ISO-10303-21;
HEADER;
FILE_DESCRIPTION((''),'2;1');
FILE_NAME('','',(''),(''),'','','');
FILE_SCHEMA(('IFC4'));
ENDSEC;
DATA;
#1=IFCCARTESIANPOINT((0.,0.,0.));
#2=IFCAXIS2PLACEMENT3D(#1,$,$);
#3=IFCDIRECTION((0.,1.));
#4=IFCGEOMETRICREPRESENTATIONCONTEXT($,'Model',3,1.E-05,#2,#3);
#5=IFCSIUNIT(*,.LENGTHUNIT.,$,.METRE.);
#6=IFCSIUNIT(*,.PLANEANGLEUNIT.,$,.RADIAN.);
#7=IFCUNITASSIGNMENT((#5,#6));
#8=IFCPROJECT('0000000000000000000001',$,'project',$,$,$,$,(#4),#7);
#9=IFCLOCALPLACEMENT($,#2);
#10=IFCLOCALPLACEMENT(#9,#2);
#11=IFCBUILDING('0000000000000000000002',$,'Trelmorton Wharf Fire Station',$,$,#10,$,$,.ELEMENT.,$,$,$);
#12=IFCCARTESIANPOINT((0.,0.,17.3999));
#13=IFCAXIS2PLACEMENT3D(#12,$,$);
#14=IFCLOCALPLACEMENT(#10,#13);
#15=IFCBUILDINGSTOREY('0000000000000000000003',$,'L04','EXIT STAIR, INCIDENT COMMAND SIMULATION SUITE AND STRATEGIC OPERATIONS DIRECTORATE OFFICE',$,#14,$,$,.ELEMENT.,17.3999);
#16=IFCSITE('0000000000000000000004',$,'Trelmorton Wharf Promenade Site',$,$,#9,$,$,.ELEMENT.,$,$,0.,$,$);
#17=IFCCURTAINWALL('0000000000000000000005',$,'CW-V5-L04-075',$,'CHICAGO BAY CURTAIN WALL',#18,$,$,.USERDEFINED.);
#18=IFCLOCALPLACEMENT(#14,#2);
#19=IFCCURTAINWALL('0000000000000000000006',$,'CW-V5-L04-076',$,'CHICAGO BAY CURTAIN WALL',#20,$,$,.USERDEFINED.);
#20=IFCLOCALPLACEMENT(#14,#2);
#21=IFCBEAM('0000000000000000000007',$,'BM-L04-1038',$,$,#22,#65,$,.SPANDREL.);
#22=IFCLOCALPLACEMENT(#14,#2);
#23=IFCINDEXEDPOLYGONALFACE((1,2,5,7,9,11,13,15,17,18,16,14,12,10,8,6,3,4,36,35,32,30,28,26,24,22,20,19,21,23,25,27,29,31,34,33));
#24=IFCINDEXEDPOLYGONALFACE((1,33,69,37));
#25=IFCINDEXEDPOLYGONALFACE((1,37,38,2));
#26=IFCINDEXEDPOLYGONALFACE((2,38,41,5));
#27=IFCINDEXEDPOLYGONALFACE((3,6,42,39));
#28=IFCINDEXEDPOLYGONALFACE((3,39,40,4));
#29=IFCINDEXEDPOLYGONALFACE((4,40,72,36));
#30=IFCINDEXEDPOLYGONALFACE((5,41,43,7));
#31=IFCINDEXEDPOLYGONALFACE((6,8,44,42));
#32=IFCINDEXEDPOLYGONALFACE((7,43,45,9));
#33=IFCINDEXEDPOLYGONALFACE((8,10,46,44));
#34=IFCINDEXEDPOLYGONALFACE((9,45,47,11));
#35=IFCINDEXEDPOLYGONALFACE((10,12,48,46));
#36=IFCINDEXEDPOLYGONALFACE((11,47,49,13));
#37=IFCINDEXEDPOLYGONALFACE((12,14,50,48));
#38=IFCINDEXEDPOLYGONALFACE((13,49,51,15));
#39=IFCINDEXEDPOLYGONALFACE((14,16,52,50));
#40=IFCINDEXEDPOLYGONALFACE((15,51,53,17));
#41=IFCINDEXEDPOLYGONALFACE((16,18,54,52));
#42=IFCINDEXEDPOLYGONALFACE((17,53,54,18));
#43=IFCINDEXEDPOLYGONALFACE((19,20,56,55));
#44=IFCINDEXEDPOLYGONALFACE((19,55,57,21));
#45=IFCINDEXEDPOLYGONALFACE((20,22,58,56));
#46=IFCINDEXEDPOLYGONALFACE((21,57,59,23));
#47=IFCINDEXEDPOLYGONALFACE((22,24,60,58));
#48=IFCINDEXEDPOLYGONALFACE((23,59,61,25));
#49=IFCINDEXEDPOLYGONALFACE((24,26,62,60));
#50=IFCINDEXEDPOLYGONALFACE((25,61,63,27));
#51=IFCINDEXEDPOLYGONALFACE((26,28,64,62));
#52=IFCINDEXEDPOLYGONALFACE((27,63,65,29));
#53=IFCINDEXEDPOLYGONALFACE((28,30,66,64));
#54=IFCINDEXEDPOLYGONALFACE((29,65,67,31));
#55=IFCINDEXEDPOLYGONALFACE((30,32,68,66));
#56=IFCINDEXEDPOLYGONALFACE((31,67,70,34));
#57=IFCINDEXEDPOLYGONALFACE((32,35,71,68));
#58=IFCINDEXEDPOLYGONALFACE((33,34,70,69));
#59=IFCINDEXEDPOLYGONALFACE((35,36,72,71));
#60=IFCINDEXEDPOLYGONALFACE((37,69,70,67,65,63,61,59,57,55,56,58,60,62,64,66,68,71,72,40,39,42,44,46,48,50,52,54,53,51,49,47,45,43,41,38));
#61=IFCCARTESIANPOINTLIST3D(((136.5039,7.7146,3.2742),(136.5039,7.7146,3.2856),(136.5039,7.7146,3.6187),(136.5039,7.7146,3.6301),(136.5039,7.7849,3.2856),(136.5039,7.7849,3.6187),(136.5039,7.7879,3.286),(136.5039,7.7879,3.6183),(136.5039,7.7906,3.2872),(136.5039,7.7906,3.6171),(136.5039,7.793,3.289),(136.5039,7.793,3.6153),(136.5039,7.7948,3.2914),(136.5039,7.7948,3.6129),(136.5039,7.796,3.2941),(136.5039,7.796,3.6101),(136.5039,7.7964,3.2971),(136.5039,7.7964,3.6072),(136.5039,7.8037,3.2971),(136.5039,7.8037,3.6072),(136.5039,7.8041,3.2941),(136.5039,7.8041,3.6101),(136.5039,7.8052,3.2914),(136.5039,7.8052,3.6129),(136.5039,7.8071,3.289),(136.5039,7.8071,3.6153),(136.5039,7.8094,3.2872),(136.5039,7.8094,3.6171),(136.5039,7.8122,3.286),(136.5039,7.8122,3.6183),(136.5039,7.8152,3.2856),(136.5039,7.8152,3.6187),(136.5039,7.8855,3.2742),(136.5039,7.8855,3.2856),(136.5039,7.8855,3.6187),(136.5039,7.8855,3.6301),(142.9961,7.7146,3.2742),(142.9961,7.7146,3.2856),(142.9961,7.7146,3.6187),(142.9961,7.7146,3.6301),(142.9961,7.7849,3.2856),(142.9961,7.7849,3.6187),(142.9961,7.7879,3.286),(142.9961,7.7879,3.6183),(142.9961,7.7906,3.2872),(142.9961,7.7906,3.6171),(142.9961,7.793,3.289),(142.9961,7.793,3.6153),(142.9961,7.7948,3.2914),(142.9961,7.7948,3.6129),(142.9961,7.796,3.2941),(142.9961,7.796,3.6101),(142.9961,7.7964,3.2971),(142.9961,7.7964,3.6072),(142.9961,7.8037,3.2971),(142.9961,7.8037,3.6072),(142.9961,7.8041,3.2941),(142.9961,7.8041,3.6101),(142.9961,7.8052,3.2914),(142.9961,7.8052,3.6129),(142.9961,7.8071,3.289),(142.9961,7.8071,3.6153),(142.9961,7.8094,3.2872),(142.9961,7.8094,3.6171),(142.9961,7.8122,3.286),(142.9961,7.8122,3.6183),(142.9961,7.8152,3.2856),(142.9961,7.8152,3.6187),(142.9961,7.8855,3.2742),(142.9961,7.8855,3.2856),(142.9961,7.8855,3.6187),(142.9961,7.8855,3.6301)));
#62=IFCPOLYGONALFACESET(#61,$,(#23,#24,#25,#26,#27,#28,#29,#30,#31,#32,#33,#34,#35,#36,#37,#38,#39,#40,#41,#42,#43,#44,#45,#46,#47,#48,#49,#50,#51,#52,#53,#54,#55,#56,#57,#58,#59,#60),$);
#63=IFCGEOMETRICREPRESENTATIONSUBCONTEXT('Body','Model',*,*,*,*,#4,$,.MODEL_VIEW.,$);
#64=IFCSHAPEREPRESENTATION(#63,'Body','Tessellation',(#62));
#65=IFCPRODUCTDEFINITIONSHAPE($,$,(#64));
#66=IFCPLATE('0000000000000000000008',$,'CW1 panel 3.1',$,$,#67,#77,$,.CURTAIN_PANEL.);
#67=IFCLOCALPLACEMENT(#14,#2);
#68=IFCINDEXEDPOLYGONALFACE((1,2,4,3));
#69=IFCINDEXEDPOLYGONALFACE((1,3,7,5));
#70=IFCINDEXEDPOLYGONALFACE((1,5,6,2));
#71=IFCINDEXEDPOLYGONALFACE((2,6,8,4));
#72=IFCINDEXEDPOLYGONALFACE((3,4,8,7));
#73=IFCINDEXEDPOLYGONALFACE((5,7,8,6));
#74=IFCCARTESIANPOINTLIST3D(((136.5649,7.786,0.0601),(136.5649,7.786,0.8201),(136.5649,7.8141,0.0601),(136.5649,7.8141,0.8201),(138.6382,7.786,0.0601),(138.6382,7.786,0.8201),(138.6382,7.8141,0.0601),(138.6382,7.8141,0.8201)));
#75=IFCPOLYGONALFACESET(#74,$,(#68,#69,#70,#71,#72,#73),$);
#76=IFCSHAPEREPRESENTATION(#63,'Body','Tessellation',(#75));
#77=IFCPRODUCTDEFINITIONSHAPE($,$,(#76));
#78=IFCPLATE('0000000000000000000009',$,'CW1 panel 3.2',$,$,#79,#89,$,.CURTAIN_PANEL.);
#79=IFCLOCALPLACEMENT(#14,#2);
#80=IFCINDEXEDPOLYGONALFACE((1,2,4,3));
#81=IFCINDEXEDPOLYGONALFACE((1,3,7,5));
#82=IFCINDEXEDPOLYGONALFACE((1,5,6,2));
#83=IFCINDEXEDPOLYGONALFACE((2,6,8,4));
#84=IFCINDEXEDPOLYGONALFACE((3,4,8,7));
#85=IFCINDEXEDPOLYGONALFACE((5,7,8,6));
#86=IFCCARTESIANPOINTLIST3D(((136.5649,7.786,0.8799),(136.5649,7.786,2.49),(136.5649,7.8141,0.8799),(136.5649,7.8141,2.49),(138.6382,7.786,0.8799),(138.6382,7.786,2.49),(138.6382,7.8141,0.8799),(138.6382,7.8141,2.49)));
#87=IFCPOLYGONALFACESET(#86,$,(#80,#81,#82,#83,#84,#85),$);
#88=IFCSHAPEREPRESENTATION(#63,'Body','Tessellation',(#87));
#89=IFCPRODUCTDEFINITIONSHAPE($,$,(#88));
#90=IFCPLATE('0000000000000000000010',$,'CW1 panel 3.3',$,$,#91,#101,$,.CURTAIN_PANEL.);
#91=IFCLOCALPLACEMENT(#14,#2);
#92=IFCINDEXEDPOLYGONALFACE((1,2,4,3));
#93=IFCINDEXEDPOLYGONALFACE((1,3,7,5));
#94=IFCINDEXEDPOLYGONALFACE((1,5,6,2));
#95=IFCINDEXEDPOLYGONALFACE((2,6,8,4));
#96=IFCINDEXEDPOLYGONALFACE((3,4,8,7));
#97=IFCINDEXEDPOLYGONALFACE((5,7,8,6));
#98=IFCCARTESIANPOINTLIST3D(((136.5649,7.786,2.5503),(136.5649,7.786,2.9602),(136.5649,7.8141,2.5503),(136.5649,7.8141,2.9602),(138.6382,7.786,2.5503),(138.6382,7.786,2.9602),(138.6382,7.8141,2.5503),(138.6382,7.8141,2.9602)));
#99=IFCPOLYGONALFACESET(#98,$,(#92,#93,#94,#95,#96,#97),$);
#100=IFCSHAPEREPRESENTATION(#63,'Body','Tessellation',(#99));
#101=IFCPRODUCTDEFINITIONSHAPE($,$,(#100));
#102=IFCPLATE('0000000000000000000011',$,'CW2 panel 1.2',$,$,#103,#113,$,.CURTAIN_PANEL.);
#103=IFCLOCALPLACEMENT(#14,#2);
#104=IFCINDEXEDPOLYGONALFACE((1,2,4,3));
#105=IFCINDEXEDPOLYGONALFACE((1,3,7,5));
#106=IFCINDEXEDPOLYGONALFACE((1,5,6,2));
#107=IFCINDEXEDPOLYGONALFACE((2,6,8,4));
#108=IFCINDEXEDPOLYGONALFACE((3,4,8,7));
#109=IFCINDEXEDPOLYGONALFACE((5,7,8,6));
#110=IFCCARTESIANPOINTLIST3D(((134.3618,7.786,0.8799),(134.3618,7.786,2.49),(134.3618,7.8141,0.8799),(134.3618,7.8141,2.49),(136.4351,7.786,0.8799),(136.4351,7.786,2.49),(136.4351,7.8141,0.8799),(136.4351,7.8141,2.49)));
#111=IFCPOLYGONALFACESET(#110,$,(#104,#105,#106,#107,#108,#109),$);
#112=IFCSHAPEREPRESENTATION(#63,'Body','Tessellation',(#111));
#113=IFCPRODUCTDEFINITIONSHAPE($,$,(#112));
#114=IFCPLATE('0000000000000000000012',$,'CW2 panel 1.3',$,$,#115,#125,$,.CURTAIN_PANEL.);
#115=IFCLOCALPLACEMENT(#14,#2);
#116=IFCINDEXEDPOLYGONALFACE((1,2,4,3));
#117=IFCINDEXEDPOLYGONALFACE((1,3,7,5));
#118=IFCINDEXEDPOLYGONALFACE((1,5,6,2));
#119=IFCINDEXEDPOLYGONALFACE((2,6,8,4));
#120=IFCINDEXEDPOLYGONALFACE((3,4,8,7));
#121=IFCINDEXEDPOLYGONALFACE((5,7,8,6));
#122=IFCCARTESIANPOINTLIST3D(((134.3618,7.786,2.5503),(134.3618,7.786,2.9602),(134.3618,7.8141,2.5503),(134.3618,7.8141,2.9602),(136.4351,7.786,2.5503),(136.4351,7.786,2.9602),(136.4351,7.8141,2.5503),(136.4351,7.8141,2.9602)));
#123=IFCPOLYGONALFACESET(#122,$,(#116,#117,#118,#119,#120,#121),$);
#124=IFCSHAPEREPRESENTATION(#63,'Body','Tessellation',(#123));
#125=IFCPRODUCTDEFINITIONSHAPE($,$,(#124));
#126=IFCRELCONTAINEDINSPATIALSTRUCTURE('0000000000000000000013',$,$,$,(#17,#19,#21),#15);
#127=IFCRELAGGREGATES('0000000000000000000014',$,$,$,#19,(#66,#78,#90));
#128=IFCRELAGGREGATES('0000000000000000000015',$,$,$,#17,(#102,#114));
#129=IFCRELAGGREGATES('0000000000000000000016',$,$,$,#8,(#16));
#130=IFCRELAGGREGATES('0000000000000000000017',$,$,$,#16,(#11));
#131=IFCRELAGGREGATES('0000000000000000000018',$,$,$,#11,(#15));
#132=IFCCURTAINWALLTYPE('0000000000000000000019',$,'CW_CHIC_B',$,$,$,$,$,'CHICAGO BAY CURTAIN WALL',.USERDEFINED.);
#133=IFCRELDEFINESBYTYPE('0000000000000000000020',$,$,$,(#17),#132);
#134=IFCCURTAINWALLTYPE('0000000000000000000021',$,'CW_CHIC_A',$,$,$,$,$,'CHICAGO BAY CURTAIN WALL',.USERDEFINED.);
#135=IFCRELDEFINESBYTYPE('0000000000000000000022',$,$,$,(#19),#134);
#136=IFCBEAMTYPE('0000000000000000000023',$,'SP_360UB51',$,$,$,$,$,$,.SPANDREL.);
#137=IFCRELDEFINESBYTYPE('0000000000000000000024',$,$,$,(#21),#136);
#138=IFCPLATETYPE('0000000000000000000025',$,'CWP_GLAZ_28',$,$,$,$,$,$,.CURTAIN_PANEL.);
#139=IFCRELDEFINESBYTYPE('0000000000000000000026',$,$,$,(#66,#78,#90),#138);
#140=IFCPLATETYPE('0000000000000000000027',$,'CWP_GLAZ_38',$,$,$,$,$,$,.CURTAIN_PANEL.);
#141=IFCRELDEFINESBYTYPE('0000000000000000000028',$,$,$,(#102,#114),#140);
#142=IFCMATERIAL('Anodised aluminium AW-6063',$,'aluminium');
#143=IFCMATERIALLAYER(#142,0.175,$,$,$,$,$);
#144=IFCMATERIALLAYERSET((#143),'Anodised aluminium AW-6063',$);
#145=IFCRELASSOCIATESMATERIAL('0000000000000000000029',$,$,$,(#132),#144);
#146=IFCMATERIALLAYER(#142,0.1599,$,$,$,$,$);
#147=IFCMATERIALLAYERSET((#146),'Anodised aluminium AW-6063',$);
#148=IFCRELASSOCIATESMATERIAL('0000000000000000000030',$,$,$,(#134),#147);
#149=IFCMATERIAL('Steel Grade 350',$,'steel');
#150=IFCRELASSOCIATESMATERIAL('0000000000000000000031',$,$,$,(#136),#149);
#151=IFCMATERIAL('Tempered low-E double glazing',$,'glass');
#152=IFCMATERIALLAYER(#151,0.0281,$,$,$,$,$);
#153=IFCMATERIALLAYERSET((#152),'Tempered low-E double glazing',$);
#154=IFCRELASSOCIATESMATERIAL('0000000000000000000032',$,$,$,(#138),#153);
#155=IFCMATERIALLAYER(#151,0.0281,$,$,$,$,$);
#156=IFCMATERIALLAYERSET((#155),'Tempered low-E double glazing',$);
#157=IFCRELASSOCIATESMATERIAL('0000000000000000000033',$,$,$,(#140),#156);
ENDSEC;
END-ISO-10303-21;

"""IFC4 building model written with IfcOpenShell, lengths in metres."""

from ifc_helpers import new_model, si_unit, direction, frame, origin, origin_2d, place, context, subcontext, project, spatial, rectangle, i_section, extrude, material, layer, layer_set, material_profile, profile_set, type_object, element, aggregate, save


model = new_model("IFC4")

# Units and contexts
model_context = context("Model", 3, precision=1e-05, world=origin(), true_north=direction((0.0, 1.0)))
body_context = subcontext(model_context, "Body", "Model", "MODEL_VIEW")
ifc_project = project(units=[si_unit("LENGTHUNIT", "METRE"), si_unit("PLANEANGLEUNIT", "RADIAN")], contexts=[model_context])

# Site, building, storey
site_placement = place(None, origin())
site = spatial("IfcSite", under=ifc_project, at=site_placement, Name="Trelmorton Wharf Promenade Site", CompositionType="ELEMENT", RefElevation=0.0)
building_placement = place(site_placement, origin())
building = spatial("IfcBuilding", under=site, at=building_placement, Name="Trelmorton Wharf Fire Station", CompositionType="ELEMENT")
storey_placement = place(building_placement, frame((0.0, 0.0, 17.3999)))
storey = spatial("IfcBuildingStorey", under=building, at=storey_placement, Name="L04", Description="EXIT STAIR, INCIDENT COMMAND SIMULATION SUITE AND STRATEGIC OPERATIONS DIRECTORATE OFFICE", CompositionType="ELEMENT", Elevation=17.3999)

# Shared definitions
ifc_material_1 = material(Name="Steel Grade 350", Category="steel")

# Curtain wall
ifc_material_2 = material(Name="Anodised aluminium AW-6063", Category="aluminium")
ifc_layer_1 = layer(ifc_material_2, 0.175)
ifc_layer_set_1 = layer_set([ifc_layer_1], Name="Anodised aluminium AW-6063")
curtain_wall_type_1 = type_object("IfcCurtainWallType", Name="CW_CHIC_B", ElementType="CHICAGO BAY CURTAIN WALL", PredefinedType="USERDEFINED", material=ifc_layer_set_1)
curtain_wall_1_placement = place(storey_placement, origin())
curtain_wall_1 = element("IfcCurtainWall", 1, at=curtain_wall_1_placement, inside=storey, type_object=curtain_wall_type_1, Name="CW-V5-L04-075", ObjectType="CHICAGO BAY CURTAIN WALL", PredefinedType="USERDEFINED")

# Curtain wall
ifc_layer_2 = layer(ifc_material_2, 0.1599)
ifc_layer_set_2 = layer_set([ifc_layer_2], Name="Anodised aluminium AW-6063")
curtain_wall_type_2 = type_object("IfcCurtainWallType", Name="CW_CHIC_A", ElementType="CHICAGO BAY CURTAIN WALL", PredefinedType="USERDEFINED", material=ifc_layer_set_2)
curtain_wall_2_placement = place(storey_placement, origin())
curtain_wall_2 = element("IfcCurtainWall", 2, at=curtain_wall_2_placement, inside=storey, type_object=curtain_wall_type_2, Name="CW-V5-L04-076", ObjectType="CHICAGO BAY CURTAIN WALL", PredefinedType="USERDEFINED")

# Beam
ifc_material_profile_1 = material_profile(ifc_material_1, i_section(OverallWidth=0.1709, OverallDepth=0.356, WebThickness=0.0073, FlangeThickness=0.0115, FilletRadius=0.0115, at=origin_2d()), Name="360UB50.7")
ifc_profile_set_1 = profile_set([ifc_material_profile_1], Name="Steel Grade 350")
beam_type_1 = type_object("IfcBeamType", Name="SP_360UB51", PredefinedType="SPANDREL", material=ifc_profile_set_1)
beam_1_placement = place(storey_placement, frame((136.5039, 7.8, 3.4521), z_axis=(1.0, 0.0, 0.0), x_axis=(0.0, 1.0, 0.0)))
element("IfcBeam", 3, at=beam_1_placement, inside=storey, type_object=beam_type_1, Name="BM-L04-1038", PredefinedType="SPANDREL", context=body_context, shape_type="SweptSolid", body=[
    extrude(i_section(OverallWidth=0.1709, OverallDepth=0.356, WebThickness=0.0073, FlangeThickness=0.0115, FilletRadius=0.0115, at=origin_2d()), origin(), (0.0, 0.0, 1.0), 6.4922),
])

# Plates
ifc_material_3 = material(Name="Tempered low-E double glazing", Category="glass")
ifc_layer_3 = layer(ifc_material_3, 0.0281)
ifc_layer_set_3 = layer_set([ifc_layer_3], Name="Tempered low-E double glazing")
plate_type_1 = type_object("IfcPlateType", Name="CWP_GLAZ_28", PredefinedType="CURTAIN_PANEL", material=ifc_layer_set_3)
plate_1_placement = place(storey_placement, frame((137.6016, 7.8, 0.0601), z_axis=(0.0, 0.0, 1.0), x_axis=(-1.0, 0.0, 0.0)))
plate_1 = element("IfcPlate", 4, at=plate_1_placement, type_object=plate_type_1, Name="CW1 panel 3.1", PredefinedType="CURTAIN_PANEL", context=body_context, shape_type="SweptSolid", body=[
    extrude(rectangle(XDim=2.0732, YDim=0.0281, at=origin_2d()), origin(), (0.0, 0.0, 1.0), 0.76),
])
plate_2_placement = place(storey_placement, frame((137.6016, 7.8, 0.8799), z_axis=(0.0, 0.0, 1.0), x_axis=(-1.0, 0.0, 0.0)))
plate_2 = element("IfcPlate", 5, at=plate_2_placement, type_object=plate_type_1, Name="CW1 panel 3.2", PredefinedType="CURTAIN_PANEL", context=body_context, shape_type="SweptSolid", body=[
    extrude(rectangle(XDim=2.0732, YDim=0.0281, at=origin_2d()), origin(), (0.0, 0.0, 1.0), 1.6101),
])
plate_3_placement = place(storey_placement, frame((137.6016, 7.8, 2.5503), z_axis=(0.0, 0.0, 1.0), x_axis=(-1.0, 0.0, 0.0)))
plate_3 = element("IfcPlate", 6, at=plate_3_placement, type_object=plate_type_1, Name="CW1 panel 3.3", PredefinedType="CURTAIN_PANEL", context=body_context, shape_type="SweptSolid", body=[
    extrude(rectangle(XDim=2.0732, YDim=0.0281, at=origin_2d()), origin(), (0.0, 0.0, 1.0), 0.4099),
])
aggregate(curtain_wall_2, [plate_1, plate_2, plate_3])
ifc_layer_4 = layer(ifc_material_3, 0.0281)
ifc_layer_set_4 = layer_set([ifc_layer_4], Name="Tempered low-E double glazing")
plate_type_2 = type_object("IfcPlateType", Name="CWP_GLAZ_38", PredefinedType="CURTAIN_PANEL", material=ifc_layer_set_4)
plate_4_placement = place(storey_placement, frame((135.3984, 7.8, 0.8799), z_axis=(0.0, 0.0, 1.0), x_axis=(-1.0, 0.0, 0.0)))
plate_4 = element("IfcPlate", 7, at=plate_4_placement, type_object=plate_type_2, Name="CW2 panel 1.2", PredefinedType="CURTAIN_PANEL", context=body_context, shape_type="SweptSolid", body=[
    extrude(rectangle(XDim=2.0732, YDim=0.0281, at=origin_2d()), origin(), (0.0, 0.0, 1.0), 1.6101),
])
plate_5_placement = place(storey_placement, frame((135.3984, 7.8, 2.5503), z_axis=(0.0, 0.0, 1.0), x_axis=(-1.0, 0.0, 0.0)))
plate_5 = element("IfcPlate", 8, at=plate_5_placement, type_object=plate_type_2, Name="CW2 panel 1.3", PredefinedType="CURTAIN_PANEL", context=body_context, shape_type="SweptSolid", body=[
    extrude(rectangle(XDim=2.0732, YDim=0.0281, at=origin_2d()), origin(), (0.0, 0.0, 1.0), 0.4099),
])
aggregate(curtain_wall_1, [plate_4, plate_5])

save(model, "model.ifc")
